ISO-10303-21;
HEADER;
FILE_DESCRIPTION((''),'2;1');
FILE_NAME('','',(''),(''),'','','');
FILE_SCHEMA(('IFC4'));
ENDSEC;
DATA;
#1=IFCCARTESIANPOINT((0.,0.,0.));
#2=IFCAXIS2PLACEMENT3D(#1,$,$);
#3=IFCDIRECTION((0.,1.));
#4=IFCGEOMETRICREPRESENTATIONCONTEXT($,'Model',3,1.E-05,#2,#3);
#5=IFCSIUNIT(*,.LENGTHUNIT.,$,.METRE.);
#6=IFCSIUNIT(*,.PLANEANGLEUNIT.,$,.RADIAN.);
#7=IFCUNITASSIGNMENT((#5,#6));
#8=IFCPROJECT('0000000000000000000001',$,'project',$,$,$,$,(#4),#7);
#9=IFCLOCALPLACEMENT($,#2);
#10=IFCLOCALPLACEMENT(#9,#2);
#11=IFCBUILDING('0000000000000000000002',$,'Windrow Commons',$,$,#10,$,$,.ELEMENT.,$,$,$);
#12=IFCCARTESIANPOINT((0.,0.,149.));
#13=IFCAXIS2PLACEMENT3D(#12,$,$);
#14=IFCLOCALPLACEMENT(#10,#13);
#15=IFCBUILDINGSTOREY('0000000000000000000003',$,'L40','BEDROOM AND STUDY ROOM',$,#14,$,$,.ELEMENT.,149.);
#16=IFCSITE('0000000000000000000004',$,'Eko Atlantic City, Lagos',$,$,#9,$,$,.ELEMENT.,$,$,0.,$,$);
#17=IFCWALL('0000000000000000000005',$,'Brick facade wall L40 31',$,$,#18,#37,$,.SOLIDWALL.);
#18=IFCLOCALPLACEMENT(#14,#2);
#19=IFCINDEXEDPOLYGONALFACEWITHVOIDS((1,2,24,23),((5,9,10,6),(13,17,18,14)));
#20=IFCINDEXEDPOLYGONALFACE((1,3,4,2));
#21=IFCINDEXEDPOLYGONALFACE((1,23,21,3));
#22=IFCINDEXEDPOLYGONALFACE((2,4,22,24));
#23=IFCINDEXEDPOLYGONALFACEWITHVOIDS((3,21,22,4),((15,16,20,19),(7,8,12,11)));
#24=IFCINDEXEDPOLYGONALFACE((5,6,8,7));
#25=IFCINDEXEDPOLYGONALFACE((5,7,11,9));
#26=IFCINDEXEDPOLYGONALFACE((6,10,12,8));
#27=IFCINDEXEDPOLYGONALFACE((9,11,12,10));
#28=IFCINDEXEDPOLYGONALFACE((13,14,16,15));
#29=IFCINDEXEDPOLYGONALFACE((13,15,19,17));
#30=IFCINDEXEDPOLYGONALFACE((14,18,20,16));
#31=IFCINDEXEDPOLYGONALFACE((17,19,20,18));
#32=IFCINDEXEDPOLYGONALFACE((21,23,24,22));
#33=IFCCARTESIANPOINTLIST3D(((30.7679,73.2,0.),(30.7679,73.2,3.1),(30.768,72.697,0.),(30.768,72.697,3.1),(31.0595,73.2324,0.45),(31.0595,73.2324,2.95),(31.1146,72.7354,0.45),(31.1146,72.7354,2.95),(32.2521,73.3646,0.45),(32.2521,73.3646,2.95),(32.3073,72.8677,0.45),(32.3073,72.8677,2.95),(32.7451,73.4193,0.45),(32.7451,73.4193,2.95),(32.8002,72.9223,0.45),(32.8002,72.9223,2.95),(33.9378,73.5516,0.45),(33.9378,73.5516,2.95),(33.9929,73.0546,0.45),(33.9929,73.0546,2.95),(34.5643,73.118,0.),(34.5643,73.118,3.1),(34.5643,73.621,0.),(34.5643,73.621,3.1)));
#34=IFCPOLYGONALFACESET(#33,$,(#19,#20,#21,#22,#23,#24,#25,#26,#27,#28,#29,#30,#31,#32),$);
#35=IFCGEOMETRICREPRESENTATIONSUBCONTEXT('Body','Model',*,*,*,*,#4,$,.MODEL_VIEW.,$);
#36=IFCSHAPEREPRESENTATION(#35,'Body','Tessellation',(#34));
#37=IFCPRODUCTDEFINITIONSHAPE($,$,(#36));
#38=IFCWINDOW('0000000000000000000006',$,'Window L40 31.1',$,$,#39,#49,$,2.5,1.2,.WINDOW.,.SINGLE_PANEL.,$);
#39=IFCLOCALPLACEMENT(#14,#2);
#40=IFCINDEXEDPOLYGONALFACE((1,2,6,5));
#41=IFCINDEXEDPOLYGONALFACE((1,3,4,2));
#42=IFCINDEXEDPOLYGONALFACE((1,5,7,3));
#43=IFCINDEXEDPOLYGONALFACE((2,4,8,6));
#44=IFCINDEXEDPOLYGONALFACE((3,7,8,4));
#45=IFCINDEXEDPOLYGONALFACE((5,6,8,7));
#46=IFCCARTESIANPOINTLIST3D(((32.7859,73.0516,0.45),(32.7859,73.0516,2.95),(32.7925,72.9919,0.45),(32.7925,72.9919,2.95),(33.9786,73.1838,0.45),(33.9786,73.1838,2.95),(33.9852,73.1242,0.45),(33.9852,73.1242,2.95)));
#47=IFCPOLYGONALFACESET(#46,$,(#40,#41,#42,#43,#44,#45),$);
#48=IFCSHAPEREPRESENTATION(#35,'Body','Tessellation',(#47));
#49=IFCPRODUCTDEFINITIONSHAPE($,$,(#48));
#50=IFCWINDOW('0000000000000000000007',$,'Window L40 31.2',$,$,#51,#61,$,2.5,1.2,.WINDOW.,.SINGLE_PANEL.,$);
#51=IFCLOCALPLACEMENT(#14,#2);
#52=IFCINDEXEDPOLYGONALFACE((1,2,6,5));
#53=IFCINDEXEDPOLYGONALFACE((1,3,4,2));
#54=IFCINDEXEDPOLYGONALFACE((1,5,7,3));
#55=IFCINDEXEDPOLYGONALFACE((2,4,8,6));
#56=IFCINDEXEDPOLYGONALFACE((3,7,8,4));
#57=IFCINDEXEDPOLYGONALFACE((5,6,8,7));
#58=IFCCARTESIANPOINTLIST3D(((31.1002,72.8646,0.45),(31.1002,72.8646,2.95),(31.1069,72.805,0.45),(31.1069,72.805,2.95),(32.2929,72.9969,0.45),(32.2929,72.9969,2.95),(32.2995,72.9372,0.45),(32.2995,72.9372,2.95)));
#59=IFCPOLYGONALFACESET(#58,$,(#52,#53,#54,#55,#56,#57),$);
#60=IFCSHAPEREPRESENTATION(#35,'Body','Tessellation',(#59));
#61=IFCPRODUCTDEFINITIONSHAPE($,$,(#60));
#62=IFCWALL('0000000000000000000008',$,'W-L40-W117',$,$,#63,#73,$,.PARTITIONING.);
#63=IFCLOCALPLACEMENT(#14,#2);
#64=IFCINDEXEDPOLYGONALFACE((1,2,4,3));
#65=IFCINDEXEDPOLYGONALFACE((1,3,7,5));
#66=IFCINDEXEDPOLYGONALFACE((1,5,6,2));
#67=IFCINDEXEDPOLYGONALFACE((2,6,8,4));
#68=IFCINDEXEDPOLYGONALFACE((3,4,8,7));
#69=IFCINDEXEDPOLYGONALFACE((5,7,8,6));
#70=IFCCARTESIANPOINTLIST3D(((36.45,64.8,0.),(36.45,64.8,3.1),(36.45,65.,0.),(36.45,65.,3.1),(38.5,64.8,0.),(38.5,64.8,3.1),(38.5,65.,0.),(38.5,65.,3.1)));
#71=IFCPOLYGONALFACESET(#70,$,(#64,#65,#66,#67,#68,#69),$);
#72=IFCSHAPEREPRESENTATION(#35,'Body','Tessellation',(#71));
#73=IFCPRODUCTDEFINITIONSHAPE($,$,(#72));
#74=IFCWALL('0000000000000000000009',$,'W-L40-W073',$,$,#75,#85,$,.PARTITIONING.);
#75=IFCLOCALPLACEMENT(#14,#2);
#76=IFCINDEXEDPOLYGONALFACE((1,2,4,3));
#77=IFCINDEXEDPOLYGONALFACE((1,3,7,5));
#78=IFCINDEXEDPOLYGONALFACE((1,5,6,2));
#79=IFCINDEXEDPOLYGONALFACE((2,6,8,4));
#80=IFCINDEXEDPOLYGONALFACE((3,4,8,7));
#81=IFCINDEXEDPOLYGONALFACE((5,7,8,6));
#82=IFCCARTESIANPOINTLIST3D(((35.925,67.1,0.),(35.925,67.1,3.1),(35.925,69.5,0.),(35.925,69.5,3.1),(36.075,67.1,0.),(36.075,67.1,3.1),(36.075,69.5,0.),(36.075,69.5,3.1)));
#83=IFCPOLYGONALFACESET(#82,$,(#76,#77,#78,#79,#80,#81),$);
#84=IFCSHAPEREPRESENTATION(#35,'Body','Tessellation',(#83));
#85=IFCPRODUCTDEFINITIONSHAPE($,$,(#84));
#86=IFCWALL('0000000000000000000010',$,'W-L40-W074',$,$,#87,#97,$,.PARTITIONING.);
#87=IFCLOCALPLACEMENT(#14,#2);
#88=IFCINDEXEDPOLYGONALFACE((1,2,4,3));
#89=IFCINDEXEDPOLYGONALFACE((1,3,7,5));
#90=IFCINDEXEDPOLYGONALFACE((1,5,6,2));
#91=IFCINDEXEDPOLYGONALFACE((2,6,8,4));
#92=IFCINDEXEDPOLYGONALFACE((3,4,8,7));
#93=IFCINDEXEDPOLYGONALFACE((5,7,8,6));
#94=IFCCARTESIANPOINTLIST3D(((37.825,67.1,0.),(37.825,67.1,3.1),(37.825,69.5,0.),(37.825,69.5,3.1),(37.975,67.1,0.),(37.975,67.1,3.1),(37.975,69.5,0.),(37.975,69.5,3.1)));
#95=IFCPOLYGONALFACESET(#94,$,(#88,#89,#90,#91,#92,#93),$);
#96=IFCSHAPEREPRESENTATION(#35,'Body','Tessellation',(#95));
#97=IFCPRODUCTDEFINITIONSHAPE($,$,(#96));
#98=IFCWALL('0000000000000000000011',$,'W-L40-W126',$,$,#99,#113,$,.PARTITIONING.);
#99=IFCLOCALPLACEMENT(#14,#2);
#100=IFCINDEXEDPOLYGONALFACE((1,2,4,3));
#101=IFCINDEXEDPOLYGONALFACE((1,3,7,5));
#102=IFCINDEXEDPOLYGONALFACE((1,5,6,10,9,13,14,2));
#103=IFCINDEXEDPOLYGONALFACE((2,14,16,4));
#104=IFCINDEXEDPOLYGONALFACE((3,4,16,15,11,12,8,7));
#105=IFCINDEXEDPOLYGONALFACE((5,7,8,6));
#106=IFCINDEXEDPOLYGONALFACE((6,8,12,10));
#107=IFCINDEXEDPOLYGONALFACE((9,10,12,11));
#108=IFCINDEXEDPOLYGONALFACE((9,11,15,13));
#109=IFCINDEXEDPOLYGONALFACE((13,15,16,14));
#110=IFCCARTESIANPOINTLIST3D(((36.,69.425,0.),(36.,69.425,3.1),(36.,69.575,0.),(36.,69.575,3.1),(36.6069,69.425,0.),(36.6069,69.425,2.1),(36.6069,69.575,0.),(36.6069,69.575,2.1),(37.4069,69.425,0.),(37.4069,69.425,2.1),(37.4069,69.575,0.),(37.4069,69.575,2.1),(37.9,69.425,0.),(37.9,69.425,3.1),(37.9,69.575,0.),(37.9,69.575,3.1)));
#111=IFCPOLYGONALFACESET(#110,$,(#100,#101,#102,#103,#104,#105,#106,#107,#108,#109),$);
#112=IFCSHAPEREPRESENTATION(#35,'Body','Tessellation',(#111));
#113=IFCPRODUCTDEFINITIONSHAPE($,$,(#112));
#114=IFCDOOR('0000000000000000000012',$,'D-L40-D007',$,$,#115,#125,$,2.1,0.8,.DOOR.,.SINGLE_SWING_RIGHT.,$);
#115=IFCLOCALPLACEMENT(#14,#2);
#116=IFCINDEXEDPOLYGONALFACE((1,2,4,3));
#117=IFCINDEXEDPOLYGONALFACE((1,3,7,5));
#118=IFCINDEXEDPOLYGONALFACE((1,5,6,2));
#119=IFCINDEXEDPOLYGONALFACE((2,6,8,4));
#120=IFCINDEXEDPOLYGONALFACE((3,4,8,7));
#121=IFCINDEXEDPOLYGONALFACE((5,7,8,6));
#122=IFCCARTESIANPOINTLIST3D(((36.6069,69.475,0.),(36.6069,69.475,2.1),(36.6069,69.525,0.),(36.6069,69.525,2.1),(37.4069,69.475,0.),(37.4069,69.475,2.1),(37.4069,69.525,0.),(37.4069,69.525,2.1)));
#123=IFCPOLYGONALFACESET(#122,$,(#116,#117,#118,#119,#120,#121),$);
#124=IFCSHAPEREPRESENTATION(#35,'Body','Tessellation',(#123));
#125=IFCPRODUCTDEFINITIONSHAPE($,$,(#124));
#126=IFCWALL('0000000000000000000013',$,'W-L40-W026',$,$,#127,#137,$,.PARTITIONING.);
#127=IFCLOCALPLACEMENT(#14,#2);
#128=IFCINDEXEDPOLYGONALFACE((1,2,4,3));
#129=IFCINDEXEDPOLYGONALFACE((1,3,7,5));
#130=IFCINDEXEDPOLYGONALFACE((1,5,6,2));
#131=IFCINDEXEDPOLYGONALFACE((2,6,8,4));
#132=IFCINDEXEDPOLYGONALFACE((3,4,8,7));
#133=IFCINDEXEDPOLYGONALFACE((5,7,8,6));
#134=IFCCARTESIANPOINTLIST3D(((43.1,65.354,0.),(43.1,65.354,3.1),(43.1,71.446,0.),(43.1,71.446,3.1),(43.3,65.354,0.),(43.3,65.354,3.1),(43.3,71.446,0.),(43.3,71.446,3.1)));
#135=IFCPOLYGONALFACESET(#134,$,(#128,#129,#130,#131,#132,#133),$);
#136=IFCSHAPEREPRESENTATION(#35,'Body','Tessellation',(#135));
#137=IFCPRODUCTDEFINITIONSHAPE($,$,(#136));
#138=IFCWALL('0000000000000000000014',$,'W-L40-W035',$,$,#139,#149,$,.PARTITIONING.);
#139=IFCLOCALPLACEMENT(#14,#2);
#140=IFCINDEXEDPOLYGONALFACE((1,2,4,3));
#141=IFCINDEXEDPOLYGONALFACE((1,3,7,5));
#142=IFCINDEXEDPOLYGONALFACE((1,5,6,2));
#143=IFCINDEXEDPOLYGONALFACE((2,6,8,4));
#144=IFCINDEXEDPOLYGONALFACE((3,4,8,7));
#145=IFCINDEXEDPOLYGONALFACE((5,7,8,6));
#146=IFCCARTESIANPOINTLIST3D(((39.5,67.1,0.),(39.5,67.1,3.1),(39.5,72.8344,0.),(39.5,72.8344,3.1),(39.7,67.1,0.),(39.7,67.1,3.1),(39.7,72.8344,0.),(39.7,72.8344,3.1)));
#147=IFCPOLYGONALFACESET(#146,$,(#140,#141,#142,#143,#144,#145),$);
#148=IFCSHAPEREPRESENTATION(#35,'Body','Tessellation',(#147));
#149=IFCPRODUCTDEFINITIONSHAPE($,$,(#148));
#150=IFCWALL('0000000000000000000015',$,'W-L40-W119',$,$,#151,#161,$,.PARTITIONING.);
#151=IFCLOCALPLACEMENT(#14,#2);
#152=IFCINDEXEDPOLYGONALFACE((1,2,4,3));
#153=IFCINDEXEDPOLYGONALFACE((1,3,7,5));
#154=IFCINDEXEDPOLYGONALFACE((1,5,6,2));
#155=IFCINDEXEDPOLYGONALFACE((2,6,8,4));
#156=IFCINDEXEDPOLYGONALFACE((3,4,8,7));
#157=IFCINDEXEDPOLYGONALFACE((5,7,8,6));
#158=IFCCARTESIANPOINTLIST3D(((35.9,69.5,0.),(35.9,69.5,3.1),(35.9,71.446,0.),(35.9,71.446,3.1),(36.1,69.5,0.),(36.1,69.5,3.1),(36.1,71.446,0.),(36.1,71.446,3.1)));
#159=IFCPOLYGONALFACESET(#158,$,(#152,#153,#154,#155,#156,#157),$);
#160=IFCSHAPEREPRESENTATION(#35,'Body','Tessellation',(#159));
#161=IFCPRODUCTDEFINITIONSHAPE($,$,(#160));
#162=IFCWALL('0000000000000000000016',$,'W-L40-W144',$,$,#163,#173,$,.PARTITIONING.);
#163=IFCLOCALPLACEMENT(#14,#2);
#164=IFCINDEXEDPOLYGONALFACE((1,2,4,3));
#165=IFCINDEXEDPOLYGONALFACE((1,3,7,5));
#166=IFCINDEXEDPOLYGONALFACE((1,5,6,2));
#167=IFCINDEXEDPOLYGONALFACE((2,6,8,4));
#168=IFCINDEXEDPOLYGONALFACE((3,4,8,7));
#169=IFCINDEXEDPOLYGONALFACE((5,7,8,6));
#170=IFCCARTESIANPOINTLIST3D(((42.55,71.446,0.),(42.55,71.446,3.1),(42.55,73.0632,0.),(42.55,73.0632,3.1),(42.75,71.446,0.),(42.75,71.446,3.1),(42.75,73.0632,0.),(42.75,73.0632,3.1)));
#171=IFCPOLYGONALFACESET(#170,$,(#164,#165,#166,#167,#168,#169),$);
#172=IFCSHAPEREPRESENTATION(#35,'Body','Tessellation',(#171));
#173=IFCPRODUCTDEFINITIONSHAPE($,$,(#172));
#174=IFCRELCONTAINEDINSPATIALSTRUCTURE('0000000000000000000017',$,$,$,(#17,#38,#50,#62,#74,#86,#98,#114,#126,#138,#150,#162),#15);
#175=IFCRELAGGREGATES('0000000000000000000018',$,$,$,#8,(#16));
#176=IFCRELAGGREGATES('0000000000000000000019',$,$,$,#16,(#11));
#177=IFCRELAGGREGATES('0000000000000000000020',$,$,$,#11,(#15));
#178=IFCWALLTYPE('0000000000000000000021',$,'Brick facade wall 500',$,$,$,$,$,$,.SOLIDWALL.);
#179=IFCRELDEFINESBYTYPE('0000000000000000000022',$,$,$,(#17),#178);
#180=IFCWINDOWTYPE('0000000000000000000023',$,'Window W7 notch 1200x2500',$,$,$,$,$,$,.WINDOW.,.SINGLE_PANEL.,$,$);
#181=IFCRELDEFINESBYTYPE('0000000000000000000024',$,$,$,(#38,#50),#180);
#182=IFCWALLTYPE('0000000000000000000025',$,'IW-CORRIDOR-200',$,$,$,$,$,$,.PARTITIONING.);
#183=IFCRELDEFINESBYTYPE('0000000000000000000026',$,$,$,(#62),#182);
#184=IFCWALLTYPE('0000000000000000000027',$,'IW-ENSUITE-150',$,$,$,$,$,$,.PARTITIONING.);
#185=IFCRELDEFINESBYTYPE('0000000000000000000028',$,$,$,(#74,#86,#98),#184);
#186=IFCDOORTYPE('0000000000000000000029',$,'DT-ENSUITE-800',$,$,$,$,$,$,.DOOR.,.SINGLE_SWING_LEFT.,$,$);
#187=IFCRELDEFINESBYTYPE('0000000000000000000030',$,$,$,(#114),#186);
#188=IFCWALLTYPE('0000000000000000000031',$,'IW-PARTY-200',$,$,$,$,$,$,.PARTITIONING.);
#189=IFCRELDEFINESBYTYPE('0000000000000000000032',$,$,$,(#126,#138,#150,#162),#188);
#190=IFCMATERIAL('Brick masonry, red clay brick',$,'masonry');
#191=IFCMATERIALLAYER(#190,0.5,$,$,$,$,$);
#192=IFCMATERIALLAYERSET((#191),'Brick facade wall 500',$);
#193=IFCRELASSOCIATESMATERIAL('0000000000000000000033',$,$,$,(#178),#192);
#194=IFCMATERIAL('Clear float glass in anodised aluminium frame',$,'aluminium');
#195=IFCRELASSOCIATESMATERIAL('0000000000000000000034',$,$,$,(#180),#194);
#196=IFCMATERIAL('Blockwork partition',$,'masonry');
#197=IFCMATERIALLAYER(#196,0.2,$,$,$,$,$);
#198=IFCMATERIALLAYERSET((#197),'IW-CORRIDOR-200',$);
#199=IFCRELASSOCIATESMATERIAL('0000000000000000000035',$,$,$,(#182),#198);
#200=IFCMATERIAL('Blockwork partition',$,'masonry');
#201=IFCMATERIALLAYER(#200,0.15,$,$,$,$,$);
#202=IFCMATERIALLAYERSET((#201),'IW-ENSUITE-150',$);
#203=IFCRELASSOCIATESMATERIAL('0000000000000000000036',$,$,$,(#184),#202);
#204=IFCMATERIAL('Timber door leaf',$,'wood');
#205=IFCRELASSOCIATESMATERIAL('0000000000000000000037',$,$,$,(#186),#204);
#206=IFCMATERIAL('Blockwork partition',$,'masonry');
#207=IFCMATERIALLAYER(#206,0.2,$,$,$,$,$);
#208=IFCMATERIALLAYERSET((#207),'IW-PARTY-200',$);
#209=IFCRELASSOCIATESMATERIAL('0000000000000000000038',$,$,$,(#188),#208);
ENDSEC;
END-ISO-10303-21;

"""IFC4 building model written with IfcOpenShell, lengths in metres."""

from ifc_helpers import new_model, si_unit, direction, frame, frame_2d, origin, place, context, subcontext, project, spatial, polyline, rectangle, outline, extrude, material, layer, layer_set, type_object, element, fill, save


model = new_model("IFC4")

# Units and contexts
model_context = context("Model", 3, precision=1e-05, world=origin(), true_north=direction((0.0, 1.0)))
body_context = subcontext(model_context, "Body", "Model", "MODEL_VIEW")
ifc_project = project(units=[si_unit("LENGTHUNIT", "METRE"), si_unit("PLANEANGLEUNIT", "RADIAN")], contexts=[model_context])

# Site, building, storey
site_placement = place(None, origin())
site = spatial("IfcSite", under=ifc_project, at=site_placement, Name="Eko Atlantic City, Lagos", CompositionType="ELEMENT", RefElevation=0.0)
building_placement = place(site_placement, origin())
building = spatial("IfcBuilding", under=site, at=building_placement, Name="Windrow Commons", CompositionType="ELEMENT")
storey_placement = place(building_placement, frame((0.0, 0.0, 149.0)))
storey = spatial("IfcBuildingStorey", under=building, at=storey_placement, Name="L40", Description="BEDROOM AND STUDY ROOM", CompositionType="ELEMENT", Elevation=149.0)

# Shared definitions
ifc_material_1 = material(Name="Brick masonry, red clay brick", Category="masonry")
ifc_layer_1 = layer(ifc_material_1, 0.5)
ifc_layer_set_1 = layer_set([ifc_layer_1], Name="Brick facade wall 500")
wall_type_1 = type_object("IfcWallType", Name="Brick facade wall 500", PredefinedType="SOLIDWALL", material=ifc_layer_set_1)
ifc_material_2 = material(Name="Clear float glass in anodised aluminium frame", Category="aluminium")
window_type = type_object("IfcWindowType", Name="Window W7 notch 1200x2500", PartitioningType="SINGLE_PANEL", PredefinedType="WINDOW", material=ifc_material_2)

# Wall, openings, windows
wall_1_placement = place(storey_placement, frame((34.5643, 73.3695, 0.0), z_axis=(0.0, 0.0, 1.0), x_axis=(-0.993907, -0.110219, 0.0)))
wall_1 = element("IfcWall", 1, at=wall_1_placement, inside=storey, type_object=wall_type_1, Name="Brick facade wall L40 31", PredefinedType="SOLIDWALL", context=body_context, shape_type="SweptSolid", body=[
    extrude(outline(polyline([(-0.0277, -0.25), (3.7919, -0.25), (3.8473, 0.25), (0.0277, 0.25), (-0.0277, -0.25)])), origin(), (0.0, 0.0, 1.0), 3.1),
])
opening_1_placement = place(wall_1_placement, frame((0.6026, 0.0, 0.45)))
opening_1 = element("IfcOpeningElement", 2, at=opening_1_placement, cuts=wall_1, PredefinedType="OPENING", context=body_context, shape_type="SweptSolid", body=[
    extrude(rectangle(XDim=1.2, YDim=2.5, at=frame_2d((0.6, 1.25))), frame((0.0, 0.26, 0.0), z_axis=(0.0, -1.0, 0.0), x_axis=(1.0, 0.0, 0.0)), (0.0, 0.0, 1.0), 0.52),
])
opening_2_placement = place(wall_1_placement, frame((2.2986, 0.0, 0.45)))
opening_2 = element("IfcOpeningElement", 3, at=opening_2_placement, cuts=wall_1, PredefinedType="OPENING", context=body_context, shape_type="SweptSolid", body=[
    extrude(rectangle(XDim=1.2, YDim=2.5, at=frame_2d((0.6, 1.25))), frame((0.0, 0.26, 0.0), z_axis=(0.0, -1.0, 0.0), x_axis=(1.0, 0.0, 0.0)), (0.0, 0.0, 1.0), 0.52),
])
window_1_placement = place(opening_1_placement, origin())
window_1 = element("IfcWindow", 4, at=window_1_placement, inside=storey, type_object=window_type, Name="Window L40 31.1", OverallHeight=2.5, OverallWidth=1.2, PartitioningType="SINGLE_PANEL", PredefinedType="WINDOW", context=body_context, shape_type="SweptSolid", body=[
    extrude(rectangle(XDim=1.2, YDim=2.5, at=frame_2d((0.6, 1.25))), frame((0.0, 0.18, 0.0), z_axis=(0.0, -1.0, 0.0), x_axis=(1.0, 0.0, 0.0)), (0.0, 0.0, 1.0), 0.06),
])
fill(opening_1, window_1)
window_2_placement = place(opening_2_placement, origin())
window_2 = element("IfcWindow", 5, at=window_2_placement, inside=storey, type_object=window_type, Name="Window L40 31.2", OverallHeight=2.5, OverallWidth=1.2, PartitioningType="SINGLE_PANEL", PredefinedType="WINDOW", context=body_context, shape_type="SweptSolid", body=[
    extrude(rectangle(XDim=1.2, YDim=2.5, at=frame_2d((0.6, 1.25))), frame((0.0, 0.18, 0.0), z_axis=(0.0, -1.0, 0.0), x_axis=(1.0, 0.0, 0.0)), (0.0, 0.0, 1.0), 0.06),
])
fill(opening_2, window_2)

# Walls
ifc_material_3 = material(Name="Blockwork partition", Category="masonry")
ifc_layer_2 = layer(ifc_material_3, 0.2)
ifc_layer_set_2 = layer_set([ifc_layer_2], Name="IW-CORRIDOR-200")
wall_type_2 = type_object("IfcWallType", Name="IW-CORRIDOR-200", PredefinedType="PARTITIONING", material=ifc_layer_set_2)
wall_2_placement = place(storey_placement, frame((36.45, 64.9, 0.0), z_axis=(0.0, 0.0, 1.0), x_axis=(1.0, 0.0, 0.0)))
element("IfcWall", 6, at=wall_2_placement, inside=storey, type_object=wall_type_2, Name="W-L40-W117", PredefinedType="PARTITIONING", context=body_context, shape_type="SweptSolid", body=[
    extrude(rectangle(XDim=2.05, YDim=0.2, at=frame_2d((1.025, 0.0))), origin(), (0.0, 0.0, 1.0), 3.1),
])
ifc_material_4 = material(Name="Blockwork partition", Category="masonry")
ifc_layer_3 = layer(ifc_material_4, 0.15)
ifc_layer_set_3 = layer_set([ifc_layer_3], Name="IW-ENSUITE-150")
wall_type_3 = type_object("IfcWallType", Name="IW-ENSUITE-150", PredefinedType="PARTITIONING", material=ifc_layer_set_3)
for number, where, z_axis, x_axis, name in (
    (7, (36.0, 67.1, 0.0), (0.0, 0.0, 1.0), (0.0, 1.0, 0.0), "W-L40-W073"),
    (8, (37.9, 67.1, 0.0), (0.0, 0.0, 1.0), (0.0, 1.0, 0.0), "W-L40-W074"),
):
    element("IfcWall", number, at=place(storey_placement, frame(where, z_axis=z_axis, x_axis=x_axis)), inside=storey, type_object=wall_type_3, Name=name, PredefinedType="PARTITIONING", context=body_context, shape_type="SweptSolid", body=[
        extrude(rectangle(XDim=2.4, YDim=0.15, at=frame_2d((1.2, 0.0))), origin(), (0.0, 0.0, 1.0), 3.1),
    ])

# Wall, opening, door
wall_3_placement = place(storey_placement, frame((36.0, 69.5, 0.0), z_axis=(0.0, 0.0, 1.0), x_axis=(1.0, 0.0, 0.0)))
wall_3 = element("IfcWall", 9, at=wall_3_placement, inside=storey, type_object=wall_type_3, Name="W-L40-W126", PredefinedType="PARTITIONING", context=body_context, shape_type="SweptSolid", body=[
    extrude(rectangle(XDim=1.9, YDim=0.15, at=frame_2d((0.95, 0.0))), origin(), (0.0, 0.0, 1.0), 3.1),
])
opening_3_placement = place(wall_3_placement, frame((0.6069, 0.0, 0.0)))
opening_3 = element("IfcOpeningElement", 10, at=opening_3_placement, cuts=wall_3, PredefinedType="OPENING", context=body_context, shape_type="SweptSolid", body=[
    extrude(rectangle(XDim=0.8, YDim=2.1, at=frame_2d((0.4, 1.05))), frame((0.0, 0.085, 0.0), z_axis=(0.0, -1.0, 0.0), x_axis=(1.0, 0.0, 0.0)), (0.0, 0.0, 1.0), 0.17),
])
ifc_material_5 = material(Name="Timber door leaf", Category="wood")
door_type = type_object("IfcDoorType", Name="DT-ENSUITE-800", OperationType="SINGLE_SWING_LEFT", PredefinedType="DOOR", material=ifc_material_5)
door_placement = place(opening_3_placement, origin())
door = element("IfcDoor", 11, at=door_placement, inside=storey, type_object=door_type, Name="D-L40-D007", OperationType="SINGLE_SWING_RIGHT", OverallHeight=2.1, OverallWidth=0.8, PredefinedType="DOOR", context=body_context, shape_type="SweptSolid", body=[
    extrude(rectangle(XDim=0.8, YDim=2.1, at=frame_2d((0.4, 1.05))), frame((0.0, 0.025, 0.0), z_axis=(0.0, -1.0, 0.0), x_axis=(1.0, 0.0, 0.0)), (0.0, 0.0, 1.0), 0.05),
])
fill(opening_3, door)

# Walls
ifc_material_6 = material(Name="Blockwork partition", Category="masonry")
ifc_layer_4 = layer(ifc_material_6, 0.2)
ifc_layer_set_4 = layer_set([ifc_layer_4], Name="IW-PARTY-200")
wall_type_4 = type_object("IfcWallType", Name="IW-PARTY-200", PredefinedType="PARTITIONING", material=ifc_layer_set_4)
wall_4_placement = place(storey_placement, frame((43.2, 65.354, 0.0), z_axis=(0.0, 0.0, 1.0), x_axis=(0.0, 1.0, 0.0)))
element("IfcWall", 12, at=wall_4_placement, inside=storey, type_object=wall_type_4, Name="W-L40-W026", PredefinedType="PARTITIONING", context=body_context, shape_type="SweptSolid", body=[
    extrude(rectangle(XDim=6.092, YDim=0.2, at=frame_2d((3.046, 0.0))), origin(), (0.0, 0.0, 1.0), 3.1),
])
wall_5_placement = place(storey_placement, frame((39.6, 67.1, 0.0), z_axis=(0.0, 0.0, 1.0), x_axis=(0.0, 1.0, 0.0)))
element("IfcWall", 13, at=wall_5_placement, inside=storey, type_object=wall_type_4, Name="W-L40-W035", PredefinedType="PARTITIONING", context=body_context, shape_type="SweptSolid", body=[
    extrude(rectangle(XDim=5.7344, YDim=0.2, at=frame_2d((2.8672, 0.0))), origin(), (0.0, 0.0, 1.0), 3.1),
])
wall_6_placement = place(storey_placement, frame((36.0, 69.5, 0.0), z_axis=(0.0, 0.0, 1.0), x_axis=(0.0, 1.0, 0.0)))
element("IfcWall", 14, at=wall_6_placement, inside=storey, type_object=wall_type_4, Name="W-L40-W119", PredefinedType="PARTITIONING", context=body_context, shape_type="SweptSolid", body=[
    extrude(rectangle(XDim=1.946, YDim=0.2, at=frame_2d((0.973, 0.0))), origin(), (0.0, 0.0, 1.0), 3.1),
])
wall_7_placement = place(storey_placement, frame((42.65, 71.446, 0.0), z_axis=(0.0, 0.0, 1.0), x_axis=(0.0, 1.0, 0.0)))
element("IfcWall", 15, at=wall_7_placement, inside=storey, type_object=wall_type_4, Name="W-L40-W144", PredefinedType="PARTITIONING", context=body_context, shape_type="SweptSolid", body=[
    extrude(rectangle(XDim=1.6172, YDim=0.2, at=frame_2d((0.8086, 0.0))), origin(), (0.0, 0.0, 1.0), 3.1),
])

save(model, "model.ifc")
